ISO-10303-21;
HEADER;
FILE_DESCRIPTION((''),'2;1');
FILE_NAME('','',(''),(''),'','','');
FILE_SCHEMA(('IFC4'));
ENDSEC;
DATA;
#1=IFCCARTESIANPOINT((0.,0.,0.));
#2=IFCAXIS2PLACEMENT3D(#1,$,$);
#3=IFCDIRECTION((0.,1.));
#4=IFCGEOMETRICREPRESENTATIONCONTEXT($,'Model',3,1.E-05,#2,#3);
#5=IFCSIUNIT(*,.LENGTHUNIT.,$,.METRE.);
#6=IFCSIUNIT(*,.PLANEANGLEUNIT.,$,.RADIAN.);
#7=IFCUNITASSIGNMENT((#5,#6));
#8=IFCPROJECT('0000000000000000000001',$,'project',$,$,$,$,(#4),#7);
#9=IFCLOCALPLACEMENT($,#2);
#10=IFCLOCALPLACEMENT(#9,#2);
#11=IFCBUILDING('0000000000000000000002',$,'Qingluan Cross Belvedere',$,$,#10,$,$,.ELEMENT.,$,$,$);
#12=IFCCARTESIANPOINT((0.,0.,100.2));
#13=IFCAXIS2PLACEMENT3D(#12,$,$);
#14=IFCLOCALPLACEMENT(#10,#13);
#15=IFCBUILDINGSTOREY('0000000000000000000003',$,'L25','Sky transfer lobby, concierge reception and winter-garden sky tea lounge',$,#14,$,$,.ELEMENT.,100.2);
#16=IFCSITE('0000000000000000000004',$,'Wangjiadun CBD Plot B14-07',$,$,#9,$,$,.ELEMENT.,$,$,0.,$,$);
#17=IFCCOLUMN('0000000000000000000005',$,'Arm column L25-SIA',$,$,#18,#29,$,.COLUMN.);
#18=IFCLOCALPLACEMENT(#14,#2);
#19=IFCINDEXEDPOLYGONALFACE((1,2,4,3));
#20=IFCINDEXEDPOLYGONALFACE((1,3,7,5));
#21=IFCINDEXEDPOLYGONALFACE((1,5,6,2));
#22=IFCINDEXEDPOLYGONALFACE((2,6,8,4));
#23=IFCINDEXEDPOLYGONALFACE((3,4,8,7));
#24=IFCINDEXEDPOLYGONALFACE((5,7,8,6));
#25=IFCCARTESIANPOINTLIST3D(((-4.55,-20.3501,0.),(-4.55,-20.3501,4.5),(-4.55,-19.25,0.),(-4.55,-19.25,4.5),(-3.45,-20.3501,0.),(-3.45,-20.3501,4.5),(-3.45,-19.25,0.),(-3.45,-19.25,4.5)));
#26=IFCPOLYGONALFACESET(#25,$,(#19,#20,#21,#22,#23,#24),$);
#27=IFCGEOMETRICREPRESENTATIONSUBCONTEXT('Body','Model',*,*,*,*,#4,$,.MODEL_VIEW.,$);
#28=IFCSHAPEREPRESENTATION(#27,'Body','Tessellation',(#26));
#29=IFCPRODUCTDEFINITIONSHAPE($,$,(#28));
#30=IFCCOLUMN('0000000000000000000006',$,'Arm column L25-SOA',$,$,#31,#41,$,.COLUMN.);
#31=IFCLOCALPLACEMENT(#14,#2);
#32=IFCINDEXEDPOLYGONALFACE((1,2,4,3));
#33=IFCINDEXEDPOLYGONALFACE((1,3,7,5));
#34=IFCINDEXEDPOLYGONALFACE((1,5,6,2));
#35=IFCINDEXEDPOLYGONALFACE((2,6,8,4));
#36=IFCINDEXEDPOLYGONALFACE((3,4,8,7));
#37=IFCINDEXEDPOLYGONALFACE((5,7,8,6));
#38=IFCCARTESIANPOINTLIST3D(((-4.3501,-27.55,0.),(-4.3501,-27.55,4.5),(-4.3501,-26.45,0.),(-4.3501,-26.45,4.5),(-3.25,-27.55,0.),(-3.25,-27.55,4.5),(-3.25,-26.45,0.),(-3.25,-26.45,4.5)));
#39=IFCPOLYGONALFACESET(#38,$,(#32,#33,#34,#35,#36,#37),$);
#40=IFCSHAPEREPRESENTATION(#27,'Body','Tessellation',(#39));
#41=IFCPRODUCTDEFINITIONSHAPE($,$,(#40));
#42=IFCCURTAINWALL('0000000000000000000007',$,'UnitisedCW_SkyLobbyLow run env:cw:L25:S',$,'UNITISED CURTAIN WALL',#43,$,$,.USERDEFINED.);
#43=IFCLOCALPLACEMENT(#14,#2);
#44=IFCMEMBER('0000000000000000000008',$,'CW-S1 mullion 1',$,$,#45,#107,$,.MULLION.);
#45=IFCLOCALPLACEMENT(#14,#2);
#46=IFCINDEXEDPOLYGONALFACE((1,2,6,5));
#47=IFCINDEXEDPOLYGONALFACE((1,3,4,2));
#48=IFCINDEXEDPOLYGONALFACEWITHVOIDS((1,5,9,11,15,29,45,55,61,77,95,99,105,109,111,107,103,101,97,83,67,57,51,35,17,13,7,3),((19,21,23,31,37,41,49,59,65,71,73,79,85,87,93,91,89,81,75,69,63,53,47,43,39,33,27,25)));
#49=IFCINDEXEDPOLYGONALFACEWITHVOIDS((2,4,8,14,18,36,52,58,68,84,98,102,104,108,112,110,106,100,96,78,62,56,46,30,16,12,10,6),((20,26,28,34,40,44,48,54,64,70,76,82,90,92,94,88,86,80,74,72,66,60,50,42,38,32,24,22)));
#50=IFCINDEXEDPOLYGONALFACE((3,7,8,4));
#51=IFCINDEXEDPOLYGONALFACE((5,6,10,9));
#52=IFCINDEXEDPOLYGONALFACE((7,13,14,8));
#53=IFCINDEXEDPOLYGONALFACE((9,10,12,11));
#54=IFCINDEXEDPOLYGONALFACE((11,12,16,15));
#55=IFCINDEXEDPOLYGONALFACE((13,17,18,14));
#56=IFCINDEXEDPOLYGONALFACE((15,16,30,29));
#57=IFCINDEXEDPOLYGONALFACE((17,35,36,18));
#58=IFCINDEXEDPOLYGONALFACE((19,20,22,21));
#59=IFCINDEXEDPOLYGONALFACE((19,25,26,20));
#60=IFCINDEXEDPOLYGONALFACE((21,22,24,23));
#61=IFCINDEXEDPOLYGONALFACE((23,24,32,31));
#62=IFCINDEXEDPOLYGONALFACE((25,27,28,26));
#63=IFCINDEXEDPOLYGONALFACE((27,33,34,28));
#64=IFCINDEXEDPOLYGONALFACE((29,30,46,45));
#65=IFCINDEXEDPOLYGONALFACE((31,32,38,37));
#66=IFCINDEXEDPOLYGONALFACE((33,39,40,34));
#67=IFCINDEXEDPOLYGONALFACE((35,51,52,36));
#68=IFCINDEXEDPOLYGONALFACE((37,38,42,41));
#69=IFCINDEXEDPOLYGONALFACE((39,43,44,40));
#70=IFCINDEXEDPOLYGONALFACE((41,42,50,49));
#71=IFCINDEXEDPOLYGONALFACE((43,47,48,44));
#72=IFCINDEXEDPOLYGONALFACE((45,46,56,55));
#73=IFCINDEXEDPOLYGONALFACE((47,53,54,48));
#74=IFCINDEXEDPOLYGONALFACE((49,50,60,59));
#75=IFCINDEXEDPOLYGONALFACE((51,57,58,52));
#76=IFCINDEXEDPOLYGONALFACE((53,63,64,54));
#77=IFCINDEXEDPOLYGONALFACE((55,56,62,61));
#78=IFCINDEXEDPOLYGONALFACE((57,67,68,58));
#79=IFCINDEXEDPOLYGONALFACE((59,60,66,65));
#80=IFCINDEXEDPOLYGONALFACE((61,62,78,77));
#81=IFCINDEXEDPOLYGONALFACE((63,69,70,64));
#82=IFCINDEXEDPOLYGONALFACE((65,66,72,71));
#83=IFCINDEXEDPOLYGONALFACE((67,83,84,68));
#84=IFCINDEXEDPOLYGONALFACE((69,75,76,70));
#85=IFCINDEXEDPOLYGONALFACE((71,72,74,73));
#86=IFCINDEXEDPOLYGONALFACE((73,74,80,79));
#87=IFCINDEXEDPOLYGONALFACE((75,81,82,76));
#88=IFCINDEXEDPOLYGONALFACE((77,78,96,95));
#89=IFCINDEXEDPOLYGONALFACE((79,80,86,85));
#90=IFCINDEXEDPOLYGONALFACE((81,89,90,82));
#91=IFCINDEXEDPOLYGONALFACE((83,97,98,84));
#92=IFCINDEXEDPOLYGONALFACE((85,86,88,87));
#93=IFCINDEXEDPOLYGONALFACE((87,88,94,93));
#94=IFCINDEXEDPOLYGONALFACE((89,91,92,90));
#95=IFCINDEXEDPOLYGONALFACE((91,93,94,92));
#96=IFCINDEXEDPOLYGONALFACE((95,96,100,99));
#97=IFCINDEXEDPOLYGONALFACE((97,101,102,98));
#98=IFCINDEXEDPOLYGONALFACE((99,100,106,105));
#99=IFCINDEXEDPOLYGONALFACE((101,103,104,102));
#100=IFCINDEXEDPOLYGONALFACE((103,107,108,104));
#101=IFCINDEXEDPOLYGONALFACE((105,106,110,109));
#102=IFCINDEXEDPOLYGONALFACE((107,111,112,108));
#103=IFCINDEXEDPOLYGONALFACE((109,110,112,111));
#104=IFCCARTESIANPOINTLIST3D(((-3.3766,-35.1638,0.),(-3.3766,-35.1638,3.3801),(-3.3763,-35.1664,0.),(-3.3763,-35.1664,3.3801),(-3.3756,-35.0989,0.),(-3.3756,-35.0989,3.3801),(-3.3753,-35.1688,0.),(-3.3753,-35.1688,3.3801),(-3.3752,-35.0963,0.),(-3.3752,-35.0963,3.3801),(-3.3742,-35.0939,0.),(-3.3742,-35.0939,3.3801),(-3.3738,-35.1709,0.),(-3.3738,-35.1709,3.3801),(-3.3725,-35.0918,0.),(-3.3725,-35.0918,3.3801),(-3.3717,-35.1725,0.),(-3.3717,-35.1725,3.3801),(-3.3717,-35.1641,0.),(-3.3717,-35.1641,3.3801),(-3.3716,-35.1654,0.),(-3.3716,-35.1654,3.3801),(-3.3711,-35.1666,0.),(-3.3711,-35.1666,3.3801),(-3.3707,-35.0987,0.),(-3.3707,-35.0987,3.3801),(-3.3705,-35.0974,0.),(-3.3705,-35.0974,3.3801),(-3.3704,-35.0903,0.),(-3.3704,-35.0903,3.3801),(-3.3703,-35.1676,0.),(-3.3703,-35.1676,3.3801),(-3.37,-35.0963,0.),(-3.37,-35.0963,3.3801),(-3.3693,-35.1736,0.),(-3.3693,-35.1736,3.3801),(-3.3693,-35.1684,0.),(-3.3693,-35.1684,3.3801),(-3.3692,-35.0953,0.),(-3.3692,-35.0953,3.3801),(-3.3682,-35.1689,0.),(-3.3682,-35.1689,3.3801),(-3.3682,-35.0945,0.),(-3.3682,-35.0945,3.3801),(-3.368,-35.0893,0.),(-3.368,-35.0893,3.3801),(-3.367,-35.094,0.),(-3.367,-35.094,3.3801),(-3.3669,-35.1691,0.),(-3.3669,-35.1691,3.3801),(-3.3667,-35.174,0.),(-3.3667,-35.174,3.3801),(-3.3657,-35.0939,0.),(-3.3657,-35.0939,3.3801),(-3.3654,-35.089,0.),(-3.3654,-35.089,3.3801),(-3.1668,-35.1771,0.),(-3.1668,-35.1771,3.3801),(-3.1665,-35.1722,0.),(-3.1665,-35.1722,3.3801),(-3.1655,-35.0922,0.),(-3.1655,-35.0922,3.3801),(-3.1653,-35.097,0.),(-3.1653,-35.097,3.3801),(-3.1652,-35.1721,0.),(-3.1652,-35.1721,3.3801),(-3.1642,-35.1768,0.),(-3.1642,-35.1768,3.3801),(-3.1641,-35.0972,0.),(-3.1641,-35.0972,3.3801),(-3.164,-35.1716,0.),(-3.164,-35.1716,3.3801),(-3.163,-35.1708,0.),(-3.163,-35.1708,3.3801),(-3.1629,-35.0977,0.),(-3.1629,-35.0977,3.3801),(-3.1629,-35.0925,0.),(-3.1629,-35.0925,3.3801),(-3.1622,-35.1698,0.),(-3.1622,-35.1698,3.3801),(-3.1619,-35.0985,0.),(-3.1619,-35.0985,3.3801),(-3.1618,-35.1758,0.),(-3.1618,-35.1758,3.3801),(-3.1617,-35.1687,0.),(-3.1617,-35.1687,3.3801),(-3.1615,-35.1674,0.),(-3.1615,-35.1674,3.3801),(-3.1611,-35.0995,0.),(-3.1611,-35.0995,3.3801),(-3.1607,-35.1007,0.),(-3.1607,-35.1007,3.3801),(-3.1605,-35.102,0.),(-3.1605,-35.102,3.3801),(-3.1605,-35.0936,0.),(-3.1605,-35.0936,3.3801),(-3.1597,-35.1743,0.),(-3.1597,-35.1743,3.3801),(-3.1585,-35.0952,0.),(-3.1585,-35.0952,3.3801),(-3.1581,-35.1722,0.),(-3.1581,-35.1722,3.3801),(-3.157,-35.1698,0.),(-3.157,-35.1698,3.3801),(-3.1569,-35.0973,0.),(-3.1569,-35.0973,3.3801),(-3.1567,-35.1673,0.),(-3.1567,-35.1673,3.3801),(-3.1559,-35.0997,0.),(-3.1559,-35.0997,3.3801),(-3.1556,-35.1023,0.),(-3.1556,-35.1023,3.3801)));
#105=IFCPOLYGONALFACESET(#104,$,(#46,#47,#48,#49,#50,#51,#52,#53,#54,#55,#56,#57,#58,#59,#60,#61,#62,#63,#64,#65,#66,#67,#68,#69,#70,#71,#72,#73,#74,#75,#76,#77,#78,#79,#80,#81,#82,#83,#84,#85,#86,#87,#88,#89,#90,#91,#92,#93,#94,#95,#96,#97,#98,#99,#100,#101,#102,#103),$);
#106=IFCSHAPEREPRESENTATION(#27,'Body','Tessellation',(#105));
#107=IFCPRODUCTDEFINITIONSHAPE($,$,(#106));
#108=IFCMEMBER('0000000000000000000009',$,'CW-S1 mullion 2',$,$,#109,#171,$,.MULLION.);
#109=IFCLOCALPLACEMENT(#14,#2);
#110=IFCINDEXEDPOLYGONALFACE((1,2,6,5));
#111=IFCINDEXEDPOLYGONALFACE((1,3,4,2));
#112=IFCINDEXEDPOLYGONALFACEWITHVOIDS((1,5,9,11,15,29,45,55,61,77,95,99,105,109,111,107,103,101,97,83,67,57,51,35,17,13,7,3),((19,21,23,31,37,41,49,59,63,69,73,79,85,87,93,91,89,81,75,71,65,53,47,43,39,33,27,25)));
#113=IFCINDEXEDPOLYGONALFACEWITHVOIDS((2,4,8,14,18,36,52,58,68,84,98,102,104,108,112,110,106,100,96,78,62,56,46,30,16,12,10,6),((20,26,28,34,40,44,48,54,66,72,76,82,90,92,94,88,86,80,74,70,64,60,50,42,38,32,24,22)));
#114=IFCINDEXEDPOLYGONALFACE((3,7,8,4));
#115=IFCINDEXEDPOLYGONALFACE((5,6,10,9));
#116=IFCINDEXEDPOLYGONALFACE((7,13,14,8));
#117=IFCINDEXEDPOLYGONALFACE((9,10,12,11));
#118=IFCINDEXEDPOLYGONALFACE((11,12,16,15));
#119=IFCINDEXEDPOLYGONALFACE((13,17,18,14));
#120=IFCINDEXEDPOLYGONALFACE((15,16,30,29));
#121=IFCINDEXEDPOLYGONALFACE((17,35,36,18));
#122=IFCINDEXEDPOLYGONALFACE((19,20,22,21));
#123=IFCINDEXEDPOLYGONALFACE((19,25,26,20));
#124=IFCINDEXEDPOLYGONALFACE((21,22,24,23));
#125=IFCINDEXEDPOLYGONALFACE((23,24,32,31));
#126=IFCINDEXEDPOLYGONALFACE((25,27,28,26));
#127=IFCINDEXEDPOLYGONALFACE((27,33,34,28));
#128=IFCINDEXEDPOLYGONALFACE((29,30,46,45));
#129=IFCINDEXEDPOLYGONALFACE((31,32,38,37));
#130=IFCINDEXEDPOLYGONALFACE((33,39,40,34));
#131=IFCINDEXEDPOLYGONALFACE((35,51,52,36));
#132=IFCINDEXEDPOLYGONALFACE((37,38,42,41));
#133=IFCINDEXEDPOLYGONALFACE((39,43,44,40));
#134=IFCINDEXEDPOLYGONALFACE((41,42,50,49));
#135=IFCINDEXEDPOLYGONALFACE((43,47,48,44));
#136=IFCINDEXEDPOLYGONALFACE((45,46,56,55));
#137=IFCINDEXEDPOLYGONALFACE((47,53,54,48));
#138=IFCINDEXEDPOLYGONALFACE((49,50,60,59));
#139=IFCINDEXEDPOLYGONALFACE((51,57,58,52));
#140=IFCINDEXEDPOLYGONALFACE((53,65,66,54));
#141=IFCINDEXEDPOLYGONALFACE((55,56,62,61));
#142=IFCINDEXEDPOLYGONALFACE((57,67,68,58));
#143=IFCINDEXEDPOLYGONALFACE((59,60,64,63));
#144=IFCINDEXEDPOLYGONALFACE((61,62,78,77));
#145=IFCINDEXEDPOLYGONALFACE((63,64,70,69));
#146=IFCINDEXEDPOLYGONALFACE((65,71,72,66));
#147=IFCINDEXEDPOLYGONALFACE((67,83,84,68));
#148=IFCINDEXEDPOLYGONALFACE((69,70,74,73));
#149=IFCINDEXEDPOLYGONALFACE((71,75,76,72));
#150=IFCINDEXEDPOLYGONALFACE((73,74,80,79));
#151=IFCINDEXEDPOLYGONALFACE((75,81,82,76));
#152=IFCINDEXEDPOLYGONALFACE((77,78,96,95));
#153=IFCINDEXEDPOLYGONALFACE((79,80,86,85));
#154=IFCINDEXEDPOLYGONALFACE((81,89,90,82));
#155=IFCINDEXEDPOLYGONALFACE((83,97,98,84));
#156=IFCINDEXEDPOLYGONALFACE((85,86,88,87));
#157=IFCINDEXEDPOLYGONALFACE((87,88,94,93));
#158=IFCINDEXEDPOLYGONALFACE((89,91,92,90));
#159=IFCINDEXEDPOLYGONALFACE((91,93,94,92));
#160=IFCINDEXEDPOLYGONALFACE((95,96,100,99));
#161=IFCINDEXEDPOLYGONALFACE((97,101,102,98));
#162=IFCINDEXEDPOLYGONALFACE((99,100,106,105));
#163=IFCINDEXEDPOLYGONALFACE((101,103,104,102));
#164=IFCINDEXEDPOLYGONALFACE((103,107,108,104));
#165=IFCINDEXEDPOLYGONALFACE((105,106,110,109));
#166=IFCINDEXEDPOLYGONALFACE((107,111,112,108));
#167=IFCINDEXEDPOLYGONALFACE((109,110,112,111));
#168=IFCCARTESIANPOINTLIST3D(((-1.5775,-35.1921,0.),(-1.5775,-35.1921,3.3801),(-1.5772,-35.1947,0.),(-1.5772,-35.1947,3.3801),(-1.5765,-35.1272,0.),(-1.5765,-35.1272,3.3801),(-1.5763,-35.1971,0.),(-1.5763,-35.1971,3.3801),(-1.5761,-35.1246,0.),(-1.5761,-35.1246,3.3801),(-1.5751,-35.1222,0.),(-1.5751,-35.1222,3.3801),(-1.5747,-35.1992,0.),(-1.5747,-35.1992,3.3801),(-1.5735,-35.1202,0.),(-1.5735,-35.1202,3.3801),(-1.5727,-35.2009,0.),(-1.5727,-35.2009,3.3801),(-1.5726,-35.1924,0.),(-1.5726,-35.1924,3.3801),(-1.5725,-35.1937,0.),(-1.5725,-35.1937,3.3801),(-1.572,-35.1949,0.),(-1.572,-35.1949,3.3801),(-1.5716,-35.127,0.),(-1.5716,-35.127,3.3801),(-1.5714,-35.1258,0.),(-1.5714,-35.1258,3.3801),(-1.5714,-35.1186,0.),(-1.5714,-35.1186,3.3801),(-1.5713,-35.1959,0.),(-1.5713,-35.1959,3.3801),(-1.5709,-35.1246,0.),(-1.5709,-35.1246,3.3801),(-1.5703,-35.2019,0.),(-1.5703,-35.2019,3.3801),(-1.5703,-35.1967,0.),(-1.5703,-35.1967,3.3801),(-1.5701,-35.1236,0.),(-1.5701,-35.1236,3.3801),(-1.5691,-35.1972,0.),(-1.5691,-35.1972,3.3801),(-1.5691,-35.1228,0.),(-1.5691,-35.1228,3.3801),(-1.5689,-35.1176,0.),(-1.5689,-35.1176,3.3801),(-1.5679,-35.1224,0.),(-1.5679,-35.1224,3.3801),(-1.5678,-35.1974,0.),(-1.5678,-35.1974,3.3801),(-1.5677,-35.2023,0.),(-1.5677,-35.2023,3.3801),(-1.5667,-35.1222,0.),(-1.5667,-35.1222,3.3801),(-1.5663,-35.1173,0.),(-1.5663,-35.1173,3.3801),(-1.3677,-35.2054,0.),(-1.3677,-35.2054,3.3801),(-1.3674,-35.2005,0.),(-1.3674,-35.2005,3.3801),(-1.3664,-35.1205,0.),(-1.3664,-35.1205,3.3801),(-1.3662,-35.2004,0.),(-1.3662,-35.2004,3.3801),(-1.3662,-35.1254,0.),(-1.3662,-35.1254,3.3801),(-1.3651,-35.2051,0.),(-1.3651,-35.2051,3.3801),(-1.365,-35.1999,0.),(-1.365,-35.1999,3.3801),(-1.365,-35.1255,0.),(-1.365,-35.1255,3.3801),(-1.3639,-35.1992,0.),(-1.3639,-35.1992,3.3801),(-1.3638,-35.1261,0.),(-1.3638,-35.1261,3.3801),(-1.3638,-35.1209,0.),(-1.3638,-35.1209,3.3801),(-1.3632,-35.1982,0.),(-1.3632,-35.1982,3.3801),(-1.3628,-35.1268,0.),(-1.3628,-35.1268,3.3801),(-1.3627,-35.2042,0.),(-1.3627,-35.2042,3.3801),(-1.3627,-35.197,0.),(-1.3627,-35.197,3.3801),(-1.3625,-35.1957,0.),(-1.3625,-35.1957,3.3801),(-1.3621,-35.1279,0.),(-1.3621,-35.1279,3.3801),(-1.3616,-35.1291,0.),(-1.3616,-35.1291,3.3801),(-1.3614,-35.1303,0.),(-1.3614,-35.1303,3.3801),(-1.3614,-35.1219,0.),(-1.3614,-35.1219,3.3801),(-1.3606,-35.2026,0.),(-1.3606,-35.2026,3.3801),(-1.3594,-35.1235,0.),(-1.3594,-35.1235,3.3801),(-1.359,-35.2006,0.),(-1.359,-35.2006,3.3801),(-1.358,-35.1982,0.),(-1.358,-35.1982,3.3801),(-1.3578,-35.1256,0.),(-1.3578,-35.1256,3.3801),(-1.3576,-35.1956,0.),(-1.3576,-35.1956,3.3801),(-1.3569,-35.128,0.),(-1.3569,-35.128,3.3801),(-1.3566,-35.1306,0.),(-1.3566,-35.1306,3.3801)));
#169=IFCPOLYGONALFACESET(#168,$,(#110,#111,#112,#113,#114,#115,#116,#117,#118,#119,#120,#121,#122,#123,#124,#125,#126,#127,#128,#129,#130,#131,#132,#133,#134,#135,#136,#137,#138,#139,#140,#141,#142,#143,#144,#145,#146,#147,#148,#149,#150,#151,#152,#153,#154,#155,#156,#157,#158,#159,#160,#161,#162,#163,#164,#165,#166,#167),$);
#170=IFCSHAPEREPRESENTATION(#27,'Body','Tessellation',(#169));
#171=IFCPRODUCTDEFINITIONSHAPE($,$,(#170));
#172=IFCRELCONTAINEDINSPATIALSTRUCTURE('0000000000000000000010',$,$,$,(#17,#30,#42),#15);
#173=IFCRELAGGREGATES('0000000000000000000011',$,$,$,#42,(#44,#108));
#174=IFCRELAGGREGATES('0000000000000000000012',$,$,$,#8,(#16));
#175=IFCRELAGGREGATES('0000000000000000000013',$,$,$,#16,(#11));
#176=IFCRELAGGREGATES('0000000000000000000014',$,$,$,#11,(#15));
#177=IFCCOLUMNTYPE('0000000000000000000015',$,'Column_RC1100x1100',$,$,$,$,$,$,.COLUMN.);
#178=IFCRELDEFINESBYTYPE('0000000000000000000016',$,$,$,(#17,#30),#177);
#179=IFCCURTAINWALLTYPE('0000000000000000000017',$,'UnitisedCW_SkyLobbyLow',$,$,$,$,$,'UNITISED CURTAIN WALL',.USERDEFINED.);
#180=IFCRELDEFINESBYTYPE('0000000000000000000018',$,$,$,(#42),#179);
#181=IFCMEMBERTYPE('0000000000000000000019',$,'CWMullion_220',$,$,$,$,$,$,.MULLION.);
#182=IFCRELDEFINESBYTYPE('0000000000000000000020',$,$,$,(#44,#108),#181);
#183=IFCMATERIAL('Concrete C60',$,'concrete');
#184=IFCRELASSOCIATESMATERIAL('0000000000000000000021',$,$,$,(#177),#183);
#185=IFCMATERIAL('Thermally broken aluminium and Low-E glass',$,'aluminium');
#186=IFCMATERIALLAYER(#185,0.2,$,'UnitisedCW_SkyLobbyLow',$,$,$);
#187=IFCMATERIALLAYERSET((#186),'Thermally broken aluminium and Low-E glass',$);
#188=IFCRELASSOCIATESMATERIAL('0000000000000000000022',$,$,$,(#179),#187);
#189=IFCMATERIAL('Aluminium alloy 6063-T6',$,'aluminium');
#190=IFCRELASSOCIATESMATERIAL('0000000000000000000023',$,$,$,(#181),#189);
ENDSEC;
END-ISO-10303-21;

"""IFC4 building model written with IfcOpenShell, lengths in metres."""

from ifc_helpers import new_model, si_unit, direction, frame, origin, origin_2d, place, context, subcontext, project, spatial, rectangle, hollow_rectangle, extrude, material, layer, layer_set, material_profile, profile_set, type_object, element, aggregate, save


model = new_model("IFC4")

# Units and contexts
model_context = context("Model", 3, precision=1e-05, world=origin(), true_north=direction((0.0, 1.0)))
body_context = subcontext(model_context, "Body", "Model", "MODEL_VIEW")
ifc_project = project(units=[si_unit("LENGTHUNIT", "METRE"), si_unit("PLANEANGLEUNIT", "RADIAN")], contexts=[model_context])

# Site, building, storey
site_placement = place(None, origin())
site = spatial("IfcSite", under=ifc_project, at=site_placement, Name="Wangjiadun CBD Plot B14-07", CompositionType="ELEMENT", RefElevation=0.0)
building_placement = place(site_placement, origin())
building = spatial("IfcBuilding", under=site, at=building_placement, Name="Qingluan Cross Belvedere", CompositionType="ELEMENT")
storey_placement = place(building_placement, frame((0.0, 0.0, 100.2)))
storey = spatial("IfcBuildingStorey", under=building, at=storey_placement, Name="L25", Description="Sky transfer lobby, concierge reception and winter-garden sky tea lounge", CompositionType="ELEMENT", Elevation=100.2)

# Columns
ifc_material_1 = material(Name="Concrete C60", Category="concrete")
ifc_material_profile_1 = material_profile(ifc_material_1, rectangle(XDim=1.1001, YDim=1.1001, at=origin_2d()), Name="RC1100x1100")
ifc_profile_set_1 = profile_set([ifc_material_profile_1], Name="Concrete C60")
column_type = type_object("IfcColumnType", Name="Column_RC1100x1100", PredefinedType="COLUMN", material=ifc_profile_set_1)
for number, where, z_axis, x_axis, name in (
    (1, (-4.0, -19.8, 0.0), (0.0, 0.0, 1.0), (1.0, 0.0, 0.0), "Arm column L25-SIA"),
    (2, (-3.8, -27.0, 0.0), (0.0, 0.0, 1.0), (1.0, 0.0, 0.0), "Arm column L25-SOA"),
):
    element("IfcColumn", number, at=place(storey_placement, frame(where, z_axis=z_axis, x_axis=x_axis)), inside=storey, type_object=column_type, Name=name, PredefinedType="COLUMN", context=body_context, shape_type="SweptSolid", body=[
        extrude(rectangle(XDim=1.1001, YDim=1.1001, at=origin_2d()), origin(), (0.0, 0.0, 1.0), 4.5),
    ])

# Curtain wall, members
ifc_material_2 = material(Name="Thermally broken aluminium and Low-E glass", Category="aluminium")
ifc_layer_1 = layer(ifc_material_2, 0.2, Name="UnitisedCW_SkyLobbyLow")
ifc_layer_set_1 = layer_set([ifc_layer_1], Name="Thermally broken aluminium and Low-E glass")
curtain_wall_type = type_object("IfcCurtainWallType", Name="UnitisedCW_SkyLobbyLow", ElementType="UNITISED CURTAIN WALL", PredefinedType="USERDEFINED", material=ifc_layer_set_1)
curtain_wall_placement = place(storey_placement, origin())
curtain_wall = element("IfcCurtainWall", 3, at=curtain_wall_placement, inside=storey, type_object=curtain_wall_type, Name="UnitisedCW_SkyLobbyLow run env:cw:L25:S", ObjectType="UNITISED CURTAIN WALL", PredefinedType="USERDEFINED")
ifc_material_3 = material(Name="Aluminium alloy 6063-T6", Category="aluminium")
ifc_material_profile_2 = material_profile(ifc_material_3, hollow_rectangle(XDim=0.085, YDim=0.22, WallThickness=0.0049, InnerFilletRadius=0.0049, OuterFilletRadius=0.01, at=origin_2d()), Name="CWM220x85x5")
ifc_profile_set_2 = profile_set([ifc_material_profile_2], Name="Aluminium alloy 6063-T6")
member_type_1 = type_object("IfcMemberType", Name="CWMullion_220", PredefinedType="MULLION", material=ifc_profile_set_2)
member_1_placement = place(storey_placement, frame((-3.2661, -35.1331, 0.0), z_axis=(0.0, 0.0, 1.0), x_axis=(0.015707, 0.999877, 0.0)))
member_1 = element("IfcMember", 4, at=member_1_placement, type_object=member_type_1, Name="CW-S1 mullion 1", PredefinedType="MULLION", context=body_context, shape_type="SweptSolid", body=[
    extrude(hollow_rectangle(XDim=0.085, YDim=0.22, WallThickness=0.0049, InnerFilletRadius=0.0049, OuterFilletRadius=0.01, at=origin_2d()), origin(), (0.0, 0.0, 1.0), 3.3801),
])
member_2_placement = place(storey_placement, frame((-1.467, -35.1614, 0.0), z_axis=(0.0, 0.0, 1.0), x_axis=(0.015707, 0.999877, 0.0)))
member_2 = element("IfcMember", 5, at=member_2_placement, type_object=member_type_1, Name="CW-S1 mullion 2", PredefinedType="MULLION", context=body_context, shape_type="SweptSolid", body=[
    extrude(hollow_rectangle(XDim=0.085, YDim=0.22, WallThickness=0.0049, InnerFilletRadius=0.0049, OuterFilletRadius=0.01, at=origin_2d()), origin(), (0.0, 0.0, 1.0), 3.3801),
])

aggregate(curtain_wall, [member_1, member_2])

save(model, "model.ifc")
